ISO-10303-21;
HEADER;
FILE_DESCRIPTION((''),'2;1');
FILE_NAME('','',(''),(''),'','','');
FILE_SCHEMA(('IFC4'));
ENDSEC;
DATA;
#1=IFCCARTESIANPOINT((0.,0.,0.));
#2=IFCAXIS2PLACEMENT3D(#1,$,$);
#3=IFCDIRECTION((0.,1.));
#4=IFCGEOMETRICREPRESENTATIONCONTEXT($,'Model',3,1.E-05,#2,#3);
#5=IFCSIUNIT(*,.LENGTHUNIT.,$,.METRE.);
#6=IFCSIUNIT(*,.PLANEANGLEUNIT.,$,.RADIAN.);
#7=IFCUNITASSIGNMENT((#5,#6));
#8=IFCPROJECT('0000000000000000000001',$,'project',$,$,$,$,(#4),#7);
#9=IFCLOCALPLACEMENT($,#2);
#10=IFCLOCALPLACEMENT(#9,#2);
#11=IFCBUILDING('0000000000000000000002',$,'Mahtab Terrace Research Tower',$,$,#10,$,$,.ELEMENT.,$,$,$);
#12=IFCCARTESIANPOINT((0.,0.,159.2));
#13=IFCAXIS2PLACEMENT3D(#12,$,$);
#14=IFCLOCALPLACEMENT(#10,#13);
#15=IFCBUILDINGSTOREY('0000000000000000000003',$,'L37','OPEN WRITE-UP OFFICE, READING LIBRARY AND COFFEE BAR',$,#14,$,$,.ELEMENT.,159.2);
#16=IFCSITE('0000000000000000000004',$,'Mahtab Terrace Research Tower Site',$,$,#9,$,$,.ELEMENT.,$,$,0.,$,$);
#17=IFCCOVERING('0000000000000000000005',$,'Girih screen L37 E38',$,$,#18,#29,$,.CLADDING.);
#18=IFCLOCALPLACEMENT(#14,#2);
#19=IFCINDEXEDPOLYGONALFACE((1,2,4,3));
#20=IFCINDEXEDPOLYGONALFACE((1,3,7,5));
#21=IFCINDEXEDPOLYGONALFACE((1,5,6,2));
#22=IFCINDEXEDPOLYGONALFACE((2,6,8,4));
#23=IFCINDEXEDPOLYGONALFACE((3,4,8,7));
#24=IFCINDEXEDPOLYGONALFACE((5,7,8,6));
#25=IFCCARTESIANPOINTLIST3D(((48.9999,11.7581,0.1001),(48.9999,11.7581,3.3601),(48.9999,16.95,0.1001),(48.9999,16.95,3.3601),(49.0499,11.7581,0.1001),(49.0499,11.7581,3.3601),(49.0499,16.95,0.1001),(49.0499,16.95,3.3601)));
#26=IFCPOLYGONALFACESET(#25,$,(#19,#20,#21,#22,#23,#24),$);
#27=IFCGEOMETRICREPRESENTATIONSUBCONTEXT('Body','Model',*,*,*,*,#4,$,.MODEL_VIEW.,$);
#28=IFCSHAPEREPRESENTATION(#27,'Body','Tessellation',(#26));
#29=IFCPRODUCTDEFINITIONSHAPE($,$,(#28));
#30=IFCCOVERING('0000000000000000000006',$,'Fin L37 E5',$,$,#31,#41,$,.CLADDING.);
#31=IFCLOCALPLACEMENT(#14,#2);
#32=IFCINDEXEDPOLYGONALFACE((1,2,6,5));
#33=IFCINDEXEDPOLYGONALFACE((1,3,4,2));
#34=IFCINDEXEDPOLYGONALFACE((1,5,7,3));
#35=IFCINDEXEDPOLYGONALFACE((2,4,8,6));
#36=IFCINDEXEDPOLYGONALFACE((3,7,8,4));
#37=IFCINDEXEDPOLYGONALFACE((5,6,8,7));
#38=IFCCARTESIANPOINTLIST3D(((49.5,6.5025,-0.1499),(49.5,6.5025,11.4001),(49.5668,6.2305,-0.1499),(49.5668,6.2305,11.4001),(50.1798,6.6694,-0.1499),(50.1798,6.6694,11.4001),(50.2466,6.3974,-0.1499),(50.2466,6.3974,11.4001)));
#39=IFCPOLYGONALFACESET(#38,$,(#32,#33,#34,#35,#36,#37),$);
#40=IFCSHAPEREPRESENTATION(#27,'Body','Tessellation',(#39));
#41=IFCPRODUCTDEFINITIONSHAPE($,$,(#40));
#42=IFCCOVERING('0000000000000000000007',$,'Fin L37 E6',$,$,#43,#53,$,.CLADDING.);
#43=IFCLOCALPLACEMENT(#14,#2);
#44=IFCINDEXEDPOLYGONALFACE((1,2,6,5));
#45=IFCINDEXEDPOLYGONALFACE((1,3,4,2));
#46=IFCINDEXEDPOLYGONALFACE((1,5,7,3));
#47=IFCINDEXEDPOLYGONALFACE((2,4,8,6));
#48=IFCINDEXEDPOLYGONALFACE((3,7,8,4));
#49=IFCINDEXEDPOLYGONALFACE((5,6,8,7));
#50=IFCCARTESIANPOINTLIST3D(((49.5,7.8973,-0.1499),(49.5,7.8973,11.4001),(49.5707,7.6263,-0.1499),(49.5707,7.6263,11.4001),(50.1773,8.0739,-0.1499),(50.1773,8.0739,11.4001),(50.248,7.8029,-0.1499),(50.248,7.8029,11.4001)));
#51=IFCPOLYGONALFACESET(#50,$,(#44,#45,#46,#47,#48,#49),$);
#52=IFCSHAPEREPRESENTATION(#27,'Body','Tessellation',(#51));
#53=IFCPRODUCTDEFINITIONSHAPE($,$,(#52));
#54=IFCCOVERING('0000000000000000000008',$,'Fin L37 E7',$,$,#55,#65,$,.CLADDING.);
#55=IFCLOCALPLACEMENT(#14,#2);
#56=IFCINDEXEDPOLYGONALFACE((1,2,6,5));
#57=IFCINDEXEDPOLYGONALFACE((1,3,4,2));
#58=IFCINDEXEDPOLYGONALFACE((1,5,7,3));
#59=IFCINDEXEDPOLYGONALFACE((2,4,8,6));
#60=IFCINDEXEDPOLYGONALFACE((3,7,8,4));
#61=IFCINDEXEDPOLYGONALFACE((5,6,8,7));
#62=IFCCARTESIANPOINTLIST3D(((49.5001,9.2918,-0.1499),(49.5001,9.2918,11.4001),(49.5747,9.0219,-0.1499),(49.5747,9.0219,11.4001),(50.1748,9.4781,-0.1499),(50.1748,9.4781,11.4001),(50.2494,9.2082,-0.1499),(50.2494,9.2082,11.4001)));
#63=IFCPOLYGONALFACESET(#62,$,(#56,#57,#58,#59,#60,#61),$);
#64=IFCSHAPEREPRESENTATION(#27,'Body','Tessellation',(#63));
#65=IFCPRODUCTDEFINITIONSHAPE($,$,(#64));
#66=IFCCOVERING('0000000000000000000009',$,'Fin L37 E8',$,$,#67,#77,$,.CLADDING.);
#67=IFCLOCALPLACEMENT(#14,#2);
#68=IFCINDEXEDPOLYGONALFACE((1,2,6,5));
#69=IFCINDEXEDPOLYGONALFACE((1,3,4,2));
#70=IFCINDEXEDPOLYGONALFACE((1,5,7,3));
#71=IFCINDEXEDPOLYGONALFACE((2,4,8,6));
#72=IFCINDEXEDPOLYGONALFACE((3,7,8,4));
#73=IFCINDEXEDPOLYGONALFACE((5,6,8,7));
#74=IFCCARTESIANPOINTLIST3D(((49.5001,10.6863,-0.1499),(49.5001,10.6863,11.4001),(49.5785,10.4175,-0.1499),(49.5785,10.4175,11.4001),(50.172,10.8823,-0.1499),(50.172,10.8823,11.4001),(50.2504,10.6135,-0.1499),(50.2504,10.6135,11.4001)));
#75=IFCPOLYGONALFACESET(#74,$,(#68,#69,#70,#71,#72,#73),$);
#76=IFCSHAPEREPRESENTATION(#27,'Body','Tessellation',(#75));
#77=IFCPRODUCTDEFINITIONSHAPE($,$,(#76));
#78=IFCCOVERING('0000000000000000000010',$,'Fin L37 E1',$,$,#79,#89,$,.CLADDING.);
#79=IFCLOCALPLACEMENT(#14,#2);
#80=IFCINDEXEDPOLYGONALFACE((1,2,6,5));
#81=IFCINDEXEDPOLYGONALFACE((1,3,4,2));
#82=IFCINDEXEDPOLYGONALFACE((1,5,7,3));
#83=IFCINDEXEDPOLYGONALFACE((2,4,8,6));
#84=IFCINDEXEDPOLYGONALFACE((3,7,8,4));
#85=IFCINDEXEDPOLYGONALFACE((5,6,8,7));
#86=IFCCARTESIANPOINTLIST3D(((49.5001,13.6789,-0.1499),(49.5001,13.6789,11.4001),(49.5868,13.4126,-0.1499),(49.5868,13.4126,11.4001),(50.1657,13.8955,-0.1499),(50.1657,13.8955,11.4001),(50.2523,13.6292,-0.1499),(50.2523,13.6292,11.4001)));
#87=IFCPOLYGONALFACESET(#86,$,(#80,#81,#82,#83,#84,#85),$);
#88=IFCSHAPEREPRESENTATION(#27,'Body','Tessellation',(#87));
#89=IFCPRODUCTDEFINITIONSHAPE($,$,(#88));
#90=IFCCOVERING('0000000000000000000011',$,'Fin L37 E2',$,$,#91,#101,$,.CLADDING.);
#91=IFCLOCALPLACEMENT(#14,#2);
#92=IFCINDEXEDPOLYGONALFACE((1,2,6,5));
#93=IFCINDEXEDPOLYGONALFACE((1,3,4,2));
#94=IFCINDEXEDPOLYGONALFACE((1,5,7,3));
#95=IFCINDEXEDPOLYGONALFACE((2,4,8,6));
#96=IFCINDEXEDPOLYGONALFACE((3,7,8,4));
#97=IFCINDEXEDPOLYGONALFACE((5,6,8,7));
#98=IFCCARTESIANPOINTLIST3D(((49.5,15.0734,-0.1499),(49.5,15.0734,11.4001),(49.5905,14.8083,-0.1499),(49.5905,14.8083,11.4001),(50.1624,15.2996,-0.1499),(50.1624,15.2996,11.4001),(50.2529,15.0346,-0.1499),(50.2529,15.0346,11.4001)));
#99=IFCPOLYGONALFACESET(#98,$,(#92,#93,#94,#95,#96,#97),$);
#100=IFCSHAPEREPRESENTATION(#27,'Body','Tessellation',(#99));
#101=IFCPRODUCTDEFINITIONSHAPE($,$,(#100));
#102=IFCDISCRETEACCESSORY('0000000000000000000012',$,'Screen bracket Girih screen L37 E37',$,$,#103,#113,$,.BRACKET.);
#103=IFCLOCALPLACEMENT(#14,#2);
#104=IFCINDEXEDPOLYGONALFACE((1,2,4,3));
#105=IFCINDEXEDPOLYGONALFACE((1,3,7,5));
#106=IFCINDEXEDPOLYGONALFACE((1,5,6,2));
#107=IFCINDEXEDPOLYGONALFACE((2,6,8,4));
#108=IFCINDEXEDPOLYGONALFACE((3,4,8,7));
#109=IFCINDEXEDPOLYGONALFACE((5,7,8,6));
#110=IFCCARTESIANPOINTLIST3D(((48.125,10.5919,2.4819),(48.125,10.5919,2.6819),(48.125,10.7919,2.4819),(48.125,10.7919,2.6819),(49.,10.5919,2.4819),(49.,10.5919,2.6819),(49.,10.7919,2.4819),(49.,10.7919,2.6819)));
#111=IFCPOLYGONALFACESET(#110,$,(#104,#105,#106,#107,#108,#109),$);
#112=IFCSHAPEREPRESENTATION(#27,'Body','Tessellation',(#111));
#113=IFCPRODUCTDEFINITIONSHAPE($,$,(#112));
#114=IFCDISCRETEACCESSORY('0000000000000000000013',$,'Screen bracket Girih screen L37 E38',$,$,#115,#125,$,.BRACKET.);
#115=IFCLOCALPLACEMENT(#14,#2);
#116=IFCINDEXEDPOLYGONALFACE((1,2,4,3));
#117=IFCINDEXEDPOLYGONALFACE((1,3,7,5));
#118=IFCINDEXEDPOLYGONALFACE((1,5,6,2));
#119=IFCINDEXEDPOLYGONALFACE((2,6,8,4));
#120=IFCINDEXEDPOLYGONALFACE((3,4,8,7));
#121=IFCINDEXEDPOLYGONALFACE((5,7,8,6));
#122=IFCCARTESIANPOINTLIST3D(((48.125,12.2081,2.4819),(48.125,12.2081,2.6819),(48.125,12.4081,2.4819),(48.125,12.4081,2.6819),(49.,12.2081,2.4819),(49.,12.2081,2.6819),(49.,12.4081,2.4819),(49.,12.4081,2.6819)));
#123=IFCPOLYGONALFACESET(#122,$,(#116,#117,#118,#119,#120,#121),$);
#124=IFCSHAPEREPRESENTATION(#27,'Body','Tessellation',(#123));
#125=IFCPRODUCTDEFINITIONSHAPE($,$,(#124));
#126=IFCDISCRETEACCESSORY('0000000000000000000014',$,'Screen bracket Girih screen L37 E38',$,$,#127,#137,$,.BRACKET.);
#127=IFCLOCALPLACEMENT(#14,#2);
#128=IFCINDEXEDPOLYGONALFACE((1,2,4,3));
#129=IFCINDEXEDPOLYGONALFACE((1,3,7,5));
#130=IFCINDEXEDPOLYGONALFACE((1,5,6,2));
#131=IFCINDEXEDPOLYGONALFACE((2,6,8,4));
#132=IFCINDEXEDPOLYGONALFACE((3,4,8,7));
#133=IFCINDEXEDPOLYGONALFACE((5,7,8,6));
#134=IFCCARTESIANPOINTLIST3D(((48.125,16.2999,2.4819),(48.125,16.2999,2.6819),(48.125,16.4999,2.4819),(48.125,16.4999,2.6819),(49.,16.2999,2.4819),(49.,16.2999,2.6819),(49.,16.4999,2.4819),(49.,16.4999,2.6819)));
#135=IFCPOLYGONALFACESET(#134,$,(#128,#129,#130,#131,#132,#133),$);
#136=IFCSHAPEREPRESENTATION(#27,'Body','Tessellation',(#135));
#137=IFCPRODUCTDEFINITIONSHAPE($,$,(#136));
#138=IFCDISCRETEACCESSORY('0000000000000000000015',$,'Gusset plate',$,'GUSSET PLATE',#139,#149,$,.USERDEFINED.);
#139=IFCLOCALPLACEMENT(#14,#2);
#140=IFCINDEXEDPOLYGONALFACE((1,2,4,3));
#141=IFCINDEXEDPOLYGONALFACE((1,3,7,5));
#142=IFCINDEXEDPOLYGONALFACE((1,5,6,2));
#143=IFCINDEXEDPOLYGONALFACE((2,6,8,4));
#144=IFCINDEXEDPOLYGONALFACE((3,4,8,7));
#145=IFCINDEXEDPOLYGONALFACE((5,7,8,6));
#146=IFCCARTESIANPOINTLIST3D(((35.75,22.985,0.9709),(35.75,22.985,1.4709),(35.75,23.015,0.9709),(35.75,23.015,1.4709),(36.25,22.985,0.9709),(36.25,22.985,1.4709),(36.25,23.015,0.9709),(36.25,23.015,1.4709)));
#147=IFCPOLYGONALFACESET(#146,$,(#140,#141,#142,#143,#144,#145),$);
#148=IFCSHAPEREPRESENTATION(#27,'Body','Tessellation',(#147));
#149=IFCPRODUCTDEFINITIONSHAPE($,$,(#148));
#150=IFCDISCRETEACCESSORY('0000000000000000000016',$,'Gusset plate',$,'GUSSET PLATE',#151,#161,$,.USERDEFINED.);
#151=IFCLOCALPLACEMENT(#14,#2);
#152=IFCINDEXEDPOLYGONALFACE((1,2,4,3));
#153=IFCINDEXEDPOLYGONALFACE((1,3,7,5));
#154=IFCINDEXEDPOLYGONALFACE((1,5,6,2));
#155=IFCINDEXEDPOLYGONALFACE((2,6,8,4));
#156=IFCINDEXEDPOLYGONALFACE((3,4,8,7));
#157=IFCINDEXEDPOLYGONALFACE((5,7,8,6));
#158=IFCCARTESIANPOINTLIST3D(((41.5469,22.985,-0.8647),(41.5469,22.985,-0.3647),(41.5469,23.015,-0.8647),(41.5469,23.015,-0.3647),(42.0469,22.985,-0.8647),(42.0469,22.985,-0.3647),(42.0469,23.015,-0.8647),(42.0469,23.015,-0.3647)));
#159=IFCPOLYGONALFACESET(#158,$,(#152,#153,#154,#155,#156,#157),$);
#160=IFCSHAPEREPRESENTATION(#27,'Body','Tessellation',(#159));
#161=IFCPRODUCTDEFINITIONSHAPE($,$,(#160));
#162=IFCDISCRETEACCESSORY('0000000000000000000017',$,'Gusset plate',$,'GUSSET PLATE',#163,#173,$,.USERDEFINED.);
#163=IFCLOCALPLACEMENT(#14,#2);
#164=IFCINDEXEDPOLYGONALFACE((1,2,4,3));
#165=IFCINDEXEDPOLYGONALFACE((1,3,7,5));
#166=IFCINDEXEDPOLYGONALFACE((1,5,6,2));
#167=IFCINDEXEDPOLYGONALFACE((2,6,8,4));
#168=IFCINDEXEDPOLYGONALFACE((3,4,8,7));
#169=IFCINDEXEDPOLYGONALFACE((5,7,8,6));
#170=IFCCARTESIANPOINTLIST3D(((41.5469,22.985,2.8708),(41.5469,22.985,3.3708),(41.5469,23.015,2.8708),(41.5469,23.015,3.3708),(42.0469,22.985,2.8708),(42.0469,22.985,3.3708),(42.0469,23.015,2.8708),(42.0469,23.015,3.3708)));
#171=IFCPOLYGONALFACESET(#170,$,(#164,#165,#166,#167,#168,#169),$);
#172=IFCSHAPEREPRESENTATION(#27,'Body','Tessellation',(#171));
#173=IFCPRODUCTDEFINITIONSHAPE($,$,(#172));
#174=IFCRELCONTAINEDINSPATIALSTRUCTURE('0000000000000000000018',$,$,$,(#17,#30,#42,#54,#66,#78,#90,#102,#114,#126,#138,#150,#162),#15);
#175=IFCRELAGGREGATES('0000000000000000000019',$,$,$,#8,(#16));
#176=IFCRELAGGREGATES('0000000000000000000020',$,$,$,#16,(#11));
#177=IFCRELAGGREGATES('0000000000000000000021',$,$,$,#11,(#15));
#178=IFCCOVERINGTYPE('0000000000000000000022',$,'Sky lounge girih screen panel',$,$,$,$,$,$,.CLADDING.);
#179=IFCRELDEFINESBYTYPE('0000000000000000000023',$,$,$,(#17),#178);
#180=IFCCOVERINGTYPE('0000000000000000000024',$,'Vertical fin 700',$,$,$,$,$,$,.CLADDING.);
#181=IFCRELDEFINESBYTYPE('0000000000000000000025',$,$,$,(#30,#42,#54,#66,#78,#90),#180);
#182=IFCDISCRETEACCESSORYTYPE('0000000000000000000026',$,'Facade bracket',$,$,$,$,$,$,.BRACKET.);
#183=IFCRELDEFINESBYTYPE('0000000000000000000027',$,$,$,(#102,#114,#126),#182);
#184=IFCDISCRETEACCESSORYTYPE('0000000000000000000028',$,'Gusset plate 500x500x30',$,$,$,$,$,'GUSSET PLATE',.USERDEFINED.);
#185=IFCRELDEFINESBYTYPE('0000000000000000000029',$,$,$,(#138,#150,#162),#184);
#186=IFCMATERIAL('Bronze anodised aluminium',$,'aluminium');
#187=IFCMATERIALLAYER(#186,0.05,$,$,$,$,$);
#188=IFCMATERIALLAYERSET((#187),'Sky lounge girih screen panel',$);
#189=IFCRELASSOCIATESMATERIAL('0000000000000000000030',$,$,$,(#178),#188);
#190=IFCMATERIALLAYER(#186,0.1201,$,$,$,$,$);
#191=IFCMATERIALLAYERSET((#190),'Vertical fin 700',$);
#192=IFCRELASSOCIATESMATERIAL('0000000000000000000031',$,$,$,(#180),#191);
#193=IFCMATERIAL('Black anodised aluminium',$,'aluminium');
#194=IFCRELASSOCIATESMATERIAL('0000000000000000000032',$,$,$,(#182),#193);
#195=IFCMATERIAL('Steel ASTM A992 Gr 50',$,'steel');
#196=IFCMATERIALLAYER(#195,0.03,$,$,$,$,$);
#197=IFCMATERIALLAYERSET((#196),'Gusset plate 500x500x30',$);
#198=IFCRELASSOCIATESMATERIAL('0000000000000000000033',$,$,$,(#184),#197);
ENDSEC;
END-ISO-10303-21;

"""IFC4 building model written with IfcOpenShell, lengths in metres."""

from ifc_helpers import new_model, si_unit, direction, frame, origin, origin_2d, place, context, subcontext, project, spatial, rectangle, extrude, material, layer, layer_set, type_object, element, save


model = new_model("IFC4")

# Units and contexts
model_context = context("Model", 3, precision=1e-05, world=origin(), true_north=direction((0.0, 1.0)))
body_context = subcontext(model_context, "Body", "Model", "MODEL_VIEW")
ifc_project = project(units=[si_unit("LENGTHUNIT", "METRE"), si_unit("PLANEANGLEUNIT", "RADIAN")], contexts=[model_context])

# Site, building, storey
site_placement = place(None, origin())
site = spatial("IfcSite", under=ifc_project, at=site_placement, Name="Mahtab Terrace Research Tower Site", CompositionType="ELEMENT", RefElevation=0.0)
building_placement = place(site_placement, origin())
building = spatial("IfcBuilding", under=site, at=building_placement, Name="Mahtab Terrace Research Tower", CompositionType="ELEMENT")
storey_placement = place(building_placement, frame((0.0, 0.0, 159.2)))
storey = spatial("IfcBuildingStorey", under=building, at=storey_placement, Name="L37", Description="OPEN WRITE-UP OFFICE, READING LIBRARY AND COFFEE BAR", CompositionType="ELEMENT", Elevation=159.2)

# Shared definitions
ifc_material_1 = material(Name="Steel ASTM A992 Gr 50", Category="steel")

# Covering
ifc_material_2 = material(Name="Bronze anodised aluminium", Category="aluminium")
ifc_layer_1 = layer(ifc_material_2, 0.05)
ifc_layer_set_1 = layer_set([ifc_layer_1], Name="Sky lounge girih screen panel")
covering_type_1 = type_object("IfcCoveringType", Name="Sky lounge girih screen panel", PredefinedType="CLADDING", material=ifc_layer_set_1)
covering_1_placement = place(storey_placement, frame((49.0249, 14.354, 0.1001), z_axis=(0.0, 0.0, 1.0), x_axis=(0.0, 1.0, 0.0)))
element("IfcCovering", 1, at=covering_1_placement, inside=storey, type_object=covering_type_1, Name="Girih screen L37 E38", PredefinedType="CLADDING", context=body_context, shape_type="SweptSolid", body=[
    extrude(rectangle(XDim=5.1919, YDim=0.05, at=origin_2d()), origin(), (0.0, 0.0, 1.0), 3.26),
])

# Coverings
ifc_layer_2 = layer(ifc_material_2, 0.1201)
ifc_layer_set_2 = layer_set([ifc_layer_2], Name="Vertical fin 700")
covering_type_2 = type_object("IfcCoveringType", Name="Vertical fin 700", PredefinedType="CLADDING", material=ifc_layer_set_2)
for number, where, z_axis, x_axis, name in (
    (2, (49.8733, 6.45, -0.1499), (0.0, 0.0, 1.0), (-0.238434, 0.971159, 0.0), "Fin L37 E5"),
    (3, (49.874, 7.8501, -0.1499), (0.0, 0.0, 1.0), (-0.252367, 0.967631, 0.0), "Fin L37 E6"),
    (4, (49.8748, 9.25, -0.1499), (0.0, 0.0, 1.0), (-0.266249, 0.963904, 0.0), "Fin L37 E7"),
    (5, (49.8752, 10.6499, -0.1499), (0.0, 0.0, 1.0), (-0.280075, 0.959978, 0.0), "Fin L37 E8"),
    (6, (49.8762, 13.6541, -0.1499), (0.0, 0.0, 1.0), (-0.309544, 0.950885, 0.0), "Fin L37 E1"),
    (7, (49.8765, 15.054, -0.1499), (0.0, 0.0, 1.0), (-0.323179, 0.946338, 0.0), "Fin L37 E2"),
):
    element("IfcCovering", number, at=place(storey_placement, frame(where, z_axis=z_axis, x_axis=x_axis)), inside=storey, type_object=covering_type_2, Name=name, PredefinedType="CLADDING", context=body_context, shape_type="SweptSolid", body=[
        extrude(rectangle(XDim=0.28, YDim=0.7, at=origin_2d()), origin(), (0.0, 0.0, 1.0), 11.55),
    ])

# Discrete accessories
ifc_material_3 = material(Name="Black anodised aluminium", Category="aluminium")
discrete_accessory_type_1 = type_object("IfcDiscreteAccessoryType", Name="Facade bracket", PredefinedType="BRACKET", material=ifc_material_3)
for number, where, z_axis, x_axis, name in (
    (8, (48.5625, 10.6919, 2.4819), (0.0, 0.0, 1.0), (0.0, 1.0, 0.0), "Screen bracket Girih screen L37 E37"),
    (9, (48.5625, 12.3081, 2.4819), (0.0, 0.0, 1.0), (0.0, 1.0, 0.0), "Screen bracket Girih screen L37 E38"),
    (10, (48.5625, 16.3999, 2.4819), (0.0, 0.0, 1.0), (0.0, 1.0, 0.0), "Screen bracket Girih screen L37 E38"),
):
    element("IfcDiscreteAccessory", number, at=place(storey_placement, frame(where, z_axis=z_axis, x_axis=x_axis)), inside=storey, type_object=discrete_accessory_type_1, Name=name, PredefinedType="BRACKET", context=body_context, shape_type="SweptSolid", body=[
        extrude(rectangle(XDim=0.2, YDim=0.875, at=origin_2d()), origin(), (0.0, 0.0, 1.0), 0.2),
    ])
ifc_layer_3 = layer(ifc_material_1, 0.03)
ifc_layer_set_3 = layer_set([ifc_layer_3], Name="Gusset plate 500x500x30")
discrete_accessory_type_2 = type_object("IfcDiscreteAccessoryType", Name="Gusset plate 500x500x30", ElementType="GUSSET PLATE", PredefinedType="USERDEFINED", material=ifc_layer_set_3)
for number, where, z_axis, x_axis, name in (
    (11, (36.0, 23.0, 0.9709), (0.0, 0.0, 1.0), (1.0, 0.0, 0.0), "Gusset plate"),
    (12, (41.7969, 23.0, -0.8647), (0.0, 0.0, 1.0), (1.0, 0.0, 0.0), "Gusset plate"),
    (13, (41.7969, 23.0, 2.8708), (0.0, 0.0, 1.0), (1.0, 0.0, 0.0), "Gusset plate"),
):
    element("IfcDiscreteAccessory", number, at=place(storey_placement, frame(where, z_axis=z_axis, x_axis=x_axis)), inside=storey, type_object=discrete_accessory_type_2, Name=name, ObjectType="GUSSET PLATE", PredefinedType="USERDEFINED", context=body_context, shape_type="SweptSolid", body=[
        extrude(rectangle(XDim=0.5, YDim=0.03, at=origin_2d()), origin(), (0.0, 0.0, 1.0), 0.5),
    ])

save(model, "model.ifc")
